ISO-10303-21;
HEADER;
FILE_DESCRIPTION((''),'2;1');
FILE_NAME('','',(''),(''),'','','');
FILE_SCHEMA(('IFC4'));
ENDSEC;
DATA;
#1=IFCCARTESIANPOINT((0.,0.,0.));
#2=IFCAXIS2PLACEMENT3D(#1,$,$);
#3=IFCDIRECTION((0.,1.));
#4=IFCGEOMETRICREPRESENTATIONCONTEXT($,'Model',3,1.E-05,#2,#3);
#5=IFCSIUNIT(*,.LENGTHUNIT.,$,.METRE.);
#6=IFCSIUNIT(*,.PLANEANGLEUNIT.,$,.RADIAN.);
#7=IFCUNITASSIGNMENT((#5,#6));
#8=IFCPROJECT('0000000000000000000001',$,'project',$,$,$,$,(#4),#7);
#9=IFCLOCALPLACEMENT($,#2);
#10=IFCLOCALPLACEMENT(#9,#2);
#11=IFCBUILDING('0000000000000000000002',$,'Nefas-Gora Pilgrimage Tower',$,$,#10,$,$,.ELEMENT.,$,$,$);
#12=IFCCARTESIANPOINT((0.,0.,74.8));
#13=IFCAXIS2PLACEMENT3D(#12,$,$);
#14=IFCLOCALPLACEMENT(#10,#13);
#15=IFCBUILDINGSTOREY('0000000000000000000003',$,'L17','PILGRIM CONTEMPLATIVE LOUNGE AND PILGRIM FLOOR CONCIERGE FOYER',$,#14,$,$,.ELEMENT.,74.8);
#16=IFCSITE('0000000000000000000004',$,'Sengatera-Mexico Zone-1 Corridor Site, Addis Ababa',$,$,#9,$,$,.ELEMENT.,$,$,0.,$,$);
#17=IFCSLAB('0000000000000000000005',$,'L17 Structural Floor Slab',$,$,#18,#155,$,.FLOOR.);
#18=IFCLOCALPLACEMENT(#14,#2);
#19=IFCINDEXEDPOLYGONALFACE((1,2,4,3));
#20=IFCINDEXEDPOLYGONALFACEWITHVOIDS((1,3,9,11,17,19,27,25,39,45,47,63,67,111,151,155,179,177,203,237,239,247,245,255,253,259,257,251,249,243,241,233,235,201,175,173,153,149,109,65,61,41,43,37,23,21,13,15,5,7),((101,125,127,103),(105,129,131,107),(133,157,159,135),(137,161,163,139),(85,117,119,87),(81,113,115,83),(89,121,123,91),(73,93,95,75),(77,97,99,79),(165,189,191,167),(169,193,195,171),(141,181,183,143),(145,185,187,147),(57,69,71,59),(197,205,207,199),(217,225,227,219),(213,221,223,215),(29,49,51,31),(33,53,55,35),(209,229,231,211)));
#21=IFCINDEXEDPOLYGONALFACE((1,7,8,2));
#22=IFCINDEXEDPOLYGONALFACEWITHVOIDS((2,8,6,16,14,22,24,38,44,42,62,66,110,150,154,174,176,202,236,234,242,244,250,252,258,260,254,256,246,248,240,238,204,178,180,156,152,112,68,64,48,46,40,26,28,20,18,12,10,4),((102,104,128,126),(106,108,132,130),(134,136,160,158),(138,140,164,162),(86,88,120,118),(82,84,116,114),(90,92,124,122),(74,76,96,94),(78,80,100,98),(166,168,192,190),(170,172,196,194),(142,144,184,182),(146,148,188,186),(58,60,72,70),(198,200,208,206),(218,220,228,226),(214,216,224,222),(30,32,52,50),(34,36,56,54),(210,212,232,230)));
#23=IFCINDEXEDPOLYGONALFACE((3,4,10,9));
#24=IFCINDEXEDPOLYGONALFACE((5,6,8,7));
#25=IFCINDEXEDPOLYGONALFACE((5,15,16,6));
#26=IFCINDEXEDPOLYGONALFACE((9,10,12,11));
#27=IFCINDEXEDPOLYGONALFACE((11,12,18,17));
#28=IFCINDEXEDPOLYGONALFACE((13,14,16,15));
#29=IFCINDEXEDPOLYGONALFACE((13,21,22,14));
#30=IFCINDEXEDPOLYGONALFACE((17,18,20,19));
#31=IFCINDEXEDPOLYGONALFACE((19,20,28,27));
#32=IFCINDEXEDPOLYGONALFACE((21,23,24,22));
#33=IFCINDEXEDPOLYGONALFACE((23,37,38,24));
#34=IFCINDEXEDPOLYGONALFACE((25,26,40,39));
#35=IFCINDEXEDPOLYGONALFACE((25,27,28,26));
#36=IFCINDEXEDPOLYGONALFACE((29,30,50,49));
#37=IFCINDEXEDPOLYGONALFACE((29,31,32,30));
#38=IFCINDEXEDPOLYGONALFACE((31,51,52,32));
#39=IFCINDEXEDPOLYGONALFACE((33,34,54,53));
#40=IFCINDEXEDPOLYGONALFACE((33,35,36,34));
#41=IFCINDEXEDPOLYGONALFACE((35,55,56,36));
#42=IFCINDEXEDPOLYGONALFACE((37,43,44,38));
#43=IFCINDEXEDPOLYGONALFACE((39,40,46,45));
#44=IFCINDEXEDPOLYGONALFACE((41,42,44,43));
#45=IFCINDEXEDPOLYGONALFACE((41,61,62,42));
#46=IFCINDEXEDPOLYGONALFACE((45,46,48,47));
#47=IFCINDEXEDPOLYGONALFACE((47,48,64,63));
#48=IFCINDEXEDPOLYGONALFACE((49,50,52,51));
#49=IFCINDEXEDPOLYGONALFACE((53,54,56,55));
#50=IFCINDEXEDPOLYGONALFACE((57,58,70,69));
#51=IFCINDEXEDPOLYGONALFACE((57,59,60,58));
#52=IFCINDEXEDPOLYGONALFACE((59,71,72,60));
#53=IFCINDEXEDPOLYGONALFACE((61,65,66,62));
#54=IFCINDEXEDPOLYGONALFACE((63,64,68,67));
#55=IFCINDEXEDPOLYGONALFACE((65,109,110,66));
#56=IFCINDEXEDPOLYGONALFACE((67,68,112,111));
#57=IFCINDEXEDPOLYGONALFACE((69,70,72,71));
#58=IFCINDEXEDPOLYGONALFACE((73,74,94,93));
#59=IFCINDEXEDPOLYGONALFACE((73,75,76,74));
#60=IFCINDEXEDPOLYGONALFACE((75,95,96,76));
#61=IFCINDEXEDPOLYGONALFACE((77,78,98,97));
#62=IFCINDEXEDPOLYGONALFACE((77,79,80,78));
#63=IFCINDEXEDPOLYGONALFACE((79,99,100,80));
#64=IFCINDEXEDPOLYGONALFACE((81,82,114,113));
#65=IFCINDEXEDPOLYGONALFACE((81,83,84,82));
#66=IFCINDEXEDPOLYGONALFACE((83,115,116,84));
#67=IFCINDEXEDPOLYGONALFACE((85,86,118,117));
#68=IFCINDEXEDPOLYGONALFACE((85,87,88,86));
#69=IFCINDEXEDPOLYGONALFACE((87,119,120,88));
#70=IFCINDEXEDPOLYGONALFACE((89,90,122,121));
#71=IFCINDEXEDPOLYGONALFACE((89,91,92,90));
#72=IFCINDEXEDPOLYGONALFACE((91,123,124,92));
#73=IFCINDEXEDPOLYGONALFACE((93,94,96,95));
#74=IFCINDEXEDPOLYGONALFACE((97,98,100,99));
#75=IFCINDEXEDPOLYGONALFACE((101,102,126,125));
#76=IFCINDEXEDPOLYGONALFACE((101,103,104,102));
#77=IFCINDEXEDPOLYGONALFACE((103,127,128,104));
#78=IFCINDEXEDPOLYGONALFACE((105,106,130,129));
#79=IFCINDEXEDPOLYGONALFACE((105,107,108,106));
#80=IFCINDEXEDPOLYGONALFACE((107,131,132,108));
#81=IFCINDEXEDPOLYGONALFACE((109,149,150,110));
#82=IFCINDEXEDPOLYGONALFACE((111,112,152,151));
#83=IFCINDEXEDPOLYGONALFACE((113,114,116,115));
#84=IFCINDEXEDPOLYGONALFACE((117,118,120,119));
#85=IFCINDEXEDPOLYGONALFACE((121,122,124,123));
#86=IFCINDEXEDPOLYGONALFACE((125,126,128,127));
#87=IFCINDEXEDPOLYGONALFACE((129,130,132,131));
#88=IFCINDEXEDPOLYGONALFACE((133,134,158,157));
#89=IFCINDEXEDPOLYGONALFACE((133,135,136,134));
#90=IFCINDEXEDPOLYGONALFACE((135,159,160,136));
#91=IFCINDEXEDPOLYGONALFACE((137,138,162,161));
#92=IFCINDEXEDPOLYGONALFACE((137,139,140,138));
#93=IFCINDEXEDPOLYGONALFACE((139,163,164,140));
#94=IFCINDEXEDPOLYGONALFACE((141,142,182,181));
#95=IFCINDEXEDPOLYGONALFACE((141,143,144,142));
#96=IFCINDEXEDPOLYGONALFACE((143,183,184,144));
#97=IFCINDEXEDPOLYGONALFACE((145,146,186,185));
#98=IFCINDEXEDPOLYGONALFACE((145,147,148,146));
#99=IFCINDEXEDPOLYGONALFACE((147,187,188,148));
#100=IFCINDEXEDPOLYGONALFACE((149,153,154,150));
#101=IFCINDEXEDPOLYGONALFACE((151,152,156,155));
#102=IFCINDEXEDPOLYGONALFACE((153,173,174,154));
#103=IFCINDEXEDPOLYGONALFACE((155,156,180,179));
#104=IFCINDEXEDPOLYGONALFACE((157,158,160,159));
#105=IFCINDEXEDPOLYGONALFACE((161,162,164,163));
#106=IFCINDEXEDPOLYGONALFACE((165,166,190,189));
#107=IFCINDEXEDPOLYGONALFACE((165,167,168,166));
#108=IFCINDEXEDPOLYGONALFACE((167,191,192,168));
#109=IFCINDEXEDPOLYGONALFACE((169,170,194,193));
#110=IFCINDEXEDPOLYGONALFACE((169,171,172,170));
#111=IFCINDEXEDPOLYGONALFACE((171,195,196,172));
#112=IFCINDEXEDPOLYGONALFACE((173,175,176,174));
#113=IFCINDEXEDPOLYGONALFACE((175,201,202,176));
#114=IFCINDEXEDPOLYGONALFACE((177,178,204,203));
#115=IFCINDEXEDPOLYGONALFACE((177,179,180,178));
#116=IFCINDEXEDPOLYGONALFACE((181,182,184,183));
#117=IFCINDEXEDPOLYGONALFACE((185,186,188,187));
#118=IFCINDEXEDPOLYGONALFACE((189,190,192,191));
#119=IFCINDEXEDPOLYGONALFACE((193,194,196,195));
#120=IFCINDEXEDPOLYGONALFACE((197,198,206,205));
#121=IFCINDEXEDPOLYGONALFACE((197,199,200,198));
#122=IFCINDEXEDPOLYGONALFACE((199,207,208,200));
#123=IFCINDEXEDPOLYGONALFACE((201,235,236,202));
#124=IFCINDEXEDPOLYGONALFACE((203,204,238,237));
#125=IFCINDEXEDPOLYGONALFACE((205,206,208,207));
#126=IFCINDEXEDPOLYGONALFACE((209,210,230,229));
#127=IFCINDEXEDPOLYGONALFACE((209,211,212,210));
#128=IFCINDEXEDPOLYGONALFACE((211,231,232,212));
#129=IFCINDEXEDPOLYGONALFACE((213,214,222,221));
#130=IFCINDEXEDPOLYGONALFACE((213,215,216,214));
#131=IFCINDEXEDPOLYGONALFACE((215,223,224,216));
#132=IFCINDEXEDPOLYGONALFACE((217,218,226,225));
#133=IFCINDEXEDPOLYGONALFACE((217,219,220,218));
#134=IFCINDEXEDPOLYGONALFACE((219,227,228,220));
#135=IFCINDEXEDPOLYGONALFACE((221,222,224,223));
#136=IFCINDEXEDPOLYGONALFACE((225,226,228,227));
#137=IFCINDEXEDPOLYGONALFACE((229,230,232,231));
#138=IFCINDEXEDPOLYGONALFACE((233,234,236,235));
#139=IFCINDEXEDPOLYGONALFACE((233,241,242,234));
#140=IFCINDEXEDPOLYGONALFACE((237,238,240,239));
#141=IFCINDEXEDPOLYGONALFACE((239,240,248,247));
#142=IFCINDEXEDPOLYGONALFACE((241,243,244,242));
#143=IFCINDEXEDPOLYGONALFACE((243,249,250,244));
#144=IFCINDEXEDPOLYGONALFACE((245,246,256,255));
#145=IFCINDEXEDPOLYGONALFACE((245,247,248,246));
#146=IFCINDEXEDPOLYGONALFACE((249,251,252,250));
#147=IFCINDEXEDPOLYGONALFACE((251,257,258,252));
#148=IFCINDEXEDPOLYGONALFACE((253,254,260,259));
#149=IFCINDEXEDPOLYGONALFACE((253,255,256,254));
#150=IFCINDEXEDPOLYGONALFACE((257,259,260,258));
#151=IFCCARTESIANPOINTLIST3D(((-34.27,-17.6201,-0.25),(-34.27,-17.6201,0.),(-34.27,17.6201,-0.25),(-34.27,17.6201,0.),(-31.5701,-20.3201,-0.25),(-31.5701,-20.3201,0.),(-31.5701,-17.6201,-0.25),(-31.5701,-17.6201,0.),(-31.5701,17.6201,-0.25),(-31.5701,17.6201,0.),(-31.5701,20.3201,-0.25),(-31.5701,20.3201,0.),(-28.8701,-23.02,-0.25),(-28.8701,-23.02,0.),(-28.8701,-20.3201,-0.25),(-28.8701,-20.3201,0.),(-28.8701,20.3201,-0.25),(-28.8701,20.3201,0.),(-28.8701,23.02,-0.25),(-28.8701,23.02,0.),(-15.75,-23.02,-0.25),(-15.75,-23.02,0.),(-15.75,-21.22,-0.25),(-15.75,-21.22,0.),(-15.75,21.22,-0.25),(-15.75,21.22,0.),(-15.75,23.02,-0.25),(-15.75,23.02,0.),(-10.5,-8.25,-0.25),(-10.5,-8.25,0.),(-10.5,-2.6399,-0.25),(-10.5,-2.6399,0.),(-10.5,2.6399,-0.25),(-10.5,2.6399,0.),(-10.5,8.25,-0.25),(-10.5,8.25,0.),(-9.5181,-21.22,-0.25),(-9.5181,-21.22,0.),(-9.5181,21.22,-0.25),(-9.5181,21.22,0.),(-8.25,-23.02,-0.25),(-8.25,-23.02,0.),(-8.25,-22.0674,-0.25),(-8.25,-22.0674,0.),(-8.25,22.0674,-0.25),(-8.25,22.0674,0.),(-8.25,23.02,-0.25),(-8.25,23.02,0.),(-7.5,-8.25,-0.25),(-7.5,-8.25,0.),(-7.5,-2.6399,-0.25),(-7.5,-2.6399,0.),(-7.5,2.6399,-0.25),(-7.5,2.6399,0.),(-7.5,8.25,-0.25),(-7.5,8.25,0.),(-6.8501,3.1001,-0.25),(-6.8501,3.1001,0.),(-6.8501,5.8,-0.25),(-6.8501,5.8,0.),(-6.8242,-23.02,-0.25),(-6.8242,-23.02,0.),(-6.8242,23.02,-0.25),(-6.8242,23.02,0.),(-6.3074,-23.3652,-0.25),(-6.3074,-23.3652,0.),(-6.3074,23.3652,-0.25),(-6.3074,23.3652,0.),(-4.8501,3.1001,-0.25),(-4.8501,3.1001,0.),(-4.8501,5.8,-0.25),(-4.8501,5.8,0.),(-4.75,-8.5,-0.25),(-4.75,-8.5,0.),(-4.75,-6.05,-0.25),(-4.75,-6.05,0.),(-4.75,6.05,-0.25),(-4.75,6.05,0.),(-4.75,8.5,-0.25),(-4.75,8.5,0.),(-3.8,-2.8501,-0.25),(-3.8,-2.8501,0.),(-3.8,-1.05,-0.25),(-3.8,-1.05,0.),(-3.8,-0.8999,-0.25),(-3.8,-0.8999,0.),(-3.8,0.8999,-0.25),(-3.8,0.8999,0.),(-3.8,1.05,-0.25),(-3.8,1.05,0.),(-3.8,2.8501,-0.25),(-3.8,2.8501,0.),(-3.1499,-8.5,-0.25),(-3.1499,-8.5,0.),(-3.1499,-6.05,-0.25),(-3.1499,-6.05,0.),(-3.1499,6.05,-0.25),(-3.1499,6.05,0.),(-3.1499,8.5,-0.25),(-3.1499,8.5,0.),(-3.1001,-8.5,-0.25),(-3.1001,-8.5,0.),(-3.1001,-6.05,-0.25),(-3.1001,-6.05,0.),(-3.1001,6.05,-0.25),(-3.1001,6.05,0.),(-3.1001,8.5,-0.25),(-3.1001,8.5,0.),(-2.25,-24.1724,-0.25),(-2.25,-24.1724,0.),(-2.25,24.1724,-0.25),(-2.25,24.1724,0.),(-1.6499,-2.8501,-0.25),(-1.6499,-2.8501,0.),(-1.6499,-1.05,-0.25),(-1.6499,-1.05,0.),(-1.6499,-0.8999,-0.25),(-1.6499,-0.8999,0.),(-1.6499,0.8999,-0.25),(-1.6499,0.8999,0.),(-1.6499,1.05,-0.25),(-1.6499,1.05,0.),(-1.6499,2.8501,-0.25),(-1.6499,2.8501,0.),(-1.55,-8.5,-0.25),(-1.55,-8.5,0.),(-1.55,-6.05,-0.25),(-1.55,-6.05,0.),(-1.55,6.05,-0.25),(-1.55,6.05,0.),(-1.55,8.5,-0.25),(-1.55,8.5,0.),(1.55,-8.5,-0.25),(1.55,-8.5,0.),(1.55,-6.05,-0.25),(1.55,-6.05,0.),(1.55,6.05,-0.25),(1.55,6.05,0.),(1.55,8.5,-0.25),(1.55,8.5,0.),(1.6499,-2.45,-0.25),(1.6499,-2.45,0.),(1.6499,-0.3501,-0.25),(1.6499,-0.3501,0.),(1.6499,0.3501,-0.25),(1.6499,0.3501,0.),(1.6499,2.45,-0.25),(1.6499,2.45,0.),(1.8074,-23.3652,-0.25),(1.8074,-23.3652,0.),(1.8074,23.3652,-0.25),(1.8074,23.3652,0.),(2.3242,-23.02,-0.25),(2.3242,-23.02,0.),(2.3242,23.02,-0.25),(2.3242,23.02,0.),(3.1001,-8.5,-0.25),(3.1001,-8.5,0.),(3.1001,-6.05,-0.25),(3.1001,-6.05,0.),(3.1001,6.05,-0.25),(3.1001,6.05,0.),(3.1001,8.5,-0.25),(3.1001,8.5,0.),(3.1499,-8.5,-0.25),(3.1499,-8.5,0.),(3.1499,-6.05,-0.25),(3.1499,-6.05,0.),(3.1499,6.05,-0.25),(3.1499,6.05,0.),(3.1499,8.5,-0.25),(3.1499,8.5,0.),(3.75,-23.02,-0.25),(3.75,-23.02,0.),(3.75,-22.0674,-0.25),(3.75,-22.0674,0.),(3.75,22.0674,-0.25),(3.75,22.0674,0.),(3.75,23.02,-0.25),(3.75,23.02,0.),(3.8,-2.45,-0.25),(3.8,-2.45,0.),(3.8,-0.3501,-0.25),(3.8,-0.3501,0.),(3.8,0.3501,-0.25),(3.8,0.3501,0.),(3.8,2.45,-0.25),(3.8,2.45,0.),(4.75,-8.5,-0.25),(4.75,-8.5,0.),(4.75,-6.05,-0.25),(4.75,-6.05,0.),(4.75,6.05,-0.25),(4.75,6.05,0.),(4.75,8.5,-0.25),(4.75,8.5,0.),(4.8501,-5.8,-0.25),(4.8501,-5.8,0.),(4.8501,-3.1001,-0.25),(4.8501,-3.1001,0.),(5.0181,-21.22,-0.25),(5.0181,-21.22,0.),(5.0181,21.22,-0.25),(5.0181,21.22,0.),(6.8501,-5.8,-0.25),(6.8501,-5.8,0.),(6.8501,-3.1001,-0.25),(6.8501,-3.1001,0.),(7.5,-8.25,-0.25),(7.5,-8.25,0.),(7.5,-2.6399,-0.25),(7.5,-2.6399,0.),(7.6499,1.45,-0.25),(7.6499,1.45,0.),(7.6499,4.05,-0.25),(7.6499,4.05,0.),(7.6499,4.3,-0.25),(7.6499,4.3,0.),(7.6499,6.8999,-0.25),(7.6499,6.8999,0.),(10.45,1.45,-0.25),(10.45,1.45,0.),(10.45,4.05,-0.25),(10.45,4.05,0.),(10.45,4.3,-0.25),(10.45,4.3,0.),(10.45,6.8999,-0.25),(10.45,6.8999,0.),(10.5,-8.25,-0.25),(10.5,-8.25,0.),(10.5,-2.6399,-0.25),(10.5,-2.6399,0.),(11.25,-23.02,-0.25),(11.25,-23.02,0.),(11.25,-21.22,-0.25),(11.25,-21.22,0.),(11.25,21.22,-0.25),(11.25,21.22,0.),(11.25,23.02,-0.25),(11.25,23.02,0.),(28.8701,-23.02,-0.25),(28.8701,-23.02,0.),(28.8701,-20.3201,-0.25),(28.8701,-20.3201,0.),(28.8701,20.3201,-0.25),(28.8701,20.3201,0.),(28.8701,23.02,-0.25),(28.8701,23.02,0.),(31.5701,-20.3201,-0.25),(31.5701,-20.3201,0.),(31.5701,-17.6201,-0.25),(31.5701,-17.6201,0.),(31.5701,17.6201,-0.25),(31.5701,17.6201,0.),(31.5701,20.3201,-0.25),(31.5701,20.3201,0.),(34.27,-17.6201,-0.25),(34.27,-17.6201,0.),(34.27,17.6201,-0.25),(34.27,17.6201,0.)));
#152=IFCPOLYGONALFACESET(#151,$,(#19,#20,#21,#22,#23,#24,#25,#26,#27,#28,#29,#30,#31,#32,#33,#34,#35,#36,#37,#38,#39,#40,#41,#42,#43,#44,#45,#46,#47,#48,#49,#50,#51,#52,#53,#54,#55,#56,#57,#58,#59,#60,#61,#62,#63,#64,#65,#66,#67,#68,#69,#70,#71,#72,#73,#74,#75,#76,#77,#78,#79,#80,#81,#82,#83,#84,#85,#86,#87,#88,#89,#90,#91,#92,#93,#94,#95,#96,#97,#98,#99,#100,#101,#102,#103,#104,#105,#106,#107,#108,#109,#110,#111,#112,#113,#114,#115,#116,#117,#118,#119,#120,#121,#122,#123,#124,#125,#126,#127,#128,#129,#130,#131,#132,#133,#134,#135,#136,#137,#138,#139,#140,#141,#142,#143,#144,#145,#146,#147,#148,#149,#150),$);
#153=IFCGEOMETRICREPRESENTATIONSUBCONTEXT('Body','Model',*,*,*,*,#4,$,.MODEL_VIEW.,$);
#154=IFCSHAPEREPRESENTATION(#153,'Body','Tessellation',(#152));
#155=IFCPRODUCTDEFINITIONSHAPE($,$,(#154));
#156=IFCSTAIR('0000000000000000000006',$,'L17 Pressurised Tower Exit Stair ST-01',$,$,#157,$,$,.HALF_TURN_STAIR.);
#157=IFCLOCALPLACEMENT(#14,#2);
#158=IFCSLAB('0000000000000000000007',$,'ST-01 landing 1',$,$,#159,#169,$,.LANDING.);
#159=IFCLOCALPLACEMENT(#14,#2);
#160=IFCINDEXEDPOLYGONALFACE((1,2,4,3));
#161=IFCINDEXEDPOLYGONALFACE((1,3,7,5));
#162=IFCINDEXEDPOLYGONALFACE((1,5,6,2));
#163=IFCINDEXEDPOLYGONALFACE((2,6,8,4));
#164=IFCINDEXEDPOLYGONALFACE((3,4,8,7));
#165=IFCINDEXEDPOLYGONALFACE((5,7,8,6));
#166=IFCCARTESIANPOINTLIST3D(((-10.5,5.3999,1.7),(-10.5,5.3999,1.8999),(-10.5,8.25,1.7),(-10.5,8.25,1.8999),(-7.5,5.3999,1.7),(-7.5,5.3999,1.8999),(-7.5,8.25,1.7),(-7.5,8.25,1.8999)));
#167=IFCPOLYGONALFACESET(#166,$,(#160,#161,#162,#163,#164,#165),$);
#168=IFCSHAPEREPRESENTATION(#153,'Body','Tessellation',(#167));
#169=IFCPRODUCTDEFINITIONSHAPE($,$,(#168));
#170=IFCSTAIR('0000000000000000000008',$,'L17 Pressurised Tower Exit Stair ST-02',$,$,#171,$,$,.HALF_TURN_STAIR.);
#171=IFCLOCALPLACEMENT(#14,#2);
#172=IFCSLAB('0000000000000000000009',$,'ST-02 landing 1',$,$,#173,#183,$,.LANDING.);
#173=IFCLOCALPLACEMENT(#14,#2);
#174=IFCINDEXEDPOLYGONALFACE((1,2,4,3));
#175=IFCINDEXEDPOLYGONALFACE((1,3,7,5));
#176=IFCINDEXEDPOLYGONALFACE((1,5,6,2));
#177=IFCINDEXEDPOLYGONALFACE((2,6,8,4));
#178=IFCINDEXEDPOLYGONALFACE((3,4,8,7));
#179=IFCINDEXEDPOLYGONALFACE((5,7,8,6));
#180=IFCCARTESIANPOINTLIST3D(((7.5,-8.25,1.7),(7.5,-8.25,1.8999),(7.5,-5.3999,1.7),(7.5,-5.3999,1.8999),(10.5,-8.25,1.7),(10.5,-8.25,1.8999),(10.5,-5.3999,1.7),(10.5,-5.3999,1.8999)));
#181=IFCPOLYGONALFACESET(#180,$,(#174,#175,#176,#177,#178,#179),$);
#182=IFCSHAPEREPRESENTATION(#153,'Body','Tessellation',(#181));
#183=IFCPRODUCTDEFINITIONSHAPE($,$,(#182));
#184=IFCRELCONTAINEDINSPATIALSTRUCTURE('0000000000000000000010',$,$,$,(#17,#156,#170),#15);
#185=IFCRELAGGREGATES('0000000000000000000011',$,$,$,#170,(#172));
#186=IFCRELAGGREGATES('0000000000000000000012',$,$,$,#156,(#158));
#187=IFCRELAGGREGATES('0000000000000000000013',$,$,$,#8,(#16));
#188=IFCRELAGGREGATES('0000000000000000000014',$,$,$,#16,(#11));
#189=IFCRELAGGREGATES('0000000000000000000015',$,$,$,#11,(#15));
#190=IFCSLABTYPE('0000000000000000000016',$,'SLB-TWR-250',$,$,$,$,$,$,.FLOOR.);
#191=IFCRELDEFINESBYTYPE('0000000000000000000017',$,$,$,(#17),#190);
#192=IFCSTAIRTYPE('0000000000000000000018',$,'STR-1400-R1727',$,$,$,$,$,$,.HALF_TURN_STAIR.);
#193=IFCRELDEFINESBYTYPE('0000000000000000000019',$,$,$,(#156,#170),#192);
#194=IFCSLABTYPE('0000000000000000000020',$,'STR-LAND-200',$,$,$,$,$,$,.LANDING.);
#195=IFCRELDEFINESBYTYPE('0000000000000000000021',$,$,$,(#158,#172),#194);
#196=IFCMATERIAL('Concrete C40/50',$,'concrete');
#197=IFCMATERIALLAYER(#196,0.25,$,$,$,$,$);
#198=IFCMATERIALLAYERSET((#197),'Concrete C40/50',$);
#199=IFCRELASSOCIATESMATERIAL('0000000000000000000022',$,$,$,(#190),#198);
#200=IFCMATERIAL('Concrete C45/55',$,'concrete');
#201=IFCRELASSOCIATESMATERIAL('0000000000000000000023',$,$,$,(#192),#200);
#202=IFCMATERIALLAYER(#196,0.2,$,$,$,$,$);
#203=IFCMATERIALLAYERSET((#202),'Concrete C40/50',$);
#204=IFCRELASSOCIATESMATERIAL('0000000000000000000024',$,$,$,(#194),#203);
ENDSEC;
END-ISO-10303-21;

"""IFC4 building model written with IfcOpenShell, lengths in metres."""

from ifc_helpers import new_model, si_unit, direction, frame, origin, place, context, subcontext, project, spatial, polyline, outline, extrude, material, layer, layer_set, type_object, element, aggregate, save


model = new_model("IFC4")

# Units and contexts
model_context = context("Model", 3, precision=1e-05, world=origin(), true_north=direction((0.0, 1.0)))
body_context = subcontext(model_context, "Body", "Model", "MODEL_VIEW")
ifc_project = project(units=[si_unit("LENGTHUNIT", "METRE"), si_unit("PLANEANGLEUNIT", "RADIAN")], contexts=[model_context])

# Site, building, storey
site_placement = place(None, origin())
site = spatial("IfcSite", under=ifc_project, at=site_placement, Name="Sengatera-Mexico Zone-1 Corridor Site, Addis Ababa", CompositionType="ELEMENT", RefElevation=0.0)
building_placement = place(site_placement, origin())
building = spatial("IfcBuilding", under=site, at=building_placement, Name="Nefas-Gora Pilgrimage Tower", CompositionType="ELEMENT")
storey_placement = place(building_placement, frame((0.0, 0.0, 74.8)))
storey = spatial("IfcBuildingStorey", under=building, at=storey_placement, Name="L17", Description="PILGRIM CONTEMPLATIVE LOUNGE AND PILGRIM FLOOR CONCIERGE FOYER", CompositionType="ELEMENT", Elevation=74.8)

# Slab
ifc_material_1 = material(Name="Concrete C40/50", Category="concrete")
ifc_layer_1 = layer(ifc_material_1, 0.25)
ifc_layer_set_1 = layer_set([ifc_layer_1], Name="Concrete C40/50")
slab_type_1 = type_object("IfcSlabType", Name="SLB-TWR-250", PredefinedType="FLOOR", material=ifc_layer_set_1)
slab_1_placement = place(storey_placement, frame((0.0, 0.0, -0.25)))
element("IfcSlab", 1, at=slab_1_placement, inside=storey, type_object=slab_type_1, Name="L17 Structural Floor Slab", PredefinedType="FLOOR", context=body_context, shape_type="SweptSolid", body=[
    extrude(outline(polyline([(5.0181, -21.22), (11.25, -21.22), (11.25, -23.02), (28.8701, -23.02), (28.8701, -20.3201), (31.5701, -20.3201), (31.5701, -17.6201), (34.27, -17.6201), (34.27, 17.6201), (31.5701, 17.6201), (31.5701, 20.3201), (28.8701, 20.3201), (28.8701, 23.02), (11.25, 23.02), (11.25, 21.22), (5.0181, 21.22), (3.75, 22.0674), (3.75, 23.02), (2.3242, 23.02), (1.8074, 23.3652), (-2.25, 24.1724), (-6.3074, 23.3652), (-6.8242, 23.02), (-8.25, 23.02), (-8.25, 22.0674), (-9.5181, 21.22), (-15.75, 21.22), (-15.75, 23.02), (-28.8701, 23.02), (-28.8701, 20.3201), (-31.5701, 20.3201), (-31.5701, 17.6201), (-34.27, 17.6201), (-34.27, -17.6201), (-31.5701, -17.6201), (-31.5701, -20.3201), (-28.8701, -20.3201), (-28.8701, -23.02), (-15.75, -23.02), (-15.75, -21.22), (-9.5181, -21.22), (-8.25, -22.0674), (-8.25, -23.02), (-6.8242, -23.02), (-6.3074, -23.3652), (-2.25, -24.1724), (1.8074, -23.3652), (2.3242, -23.02), (3.75, -23.02), (3.75, -22.0674), (5.0181, -21.22)]), holes=[polyline([(-10.5, 2.6399), (-10.5, 8.25), (-7.5, 8.25), (-7.5, 2.6399), (-10.5, 2.6399)]), polyline([(10.5, -2.6399), (10.5, -8.25), (7.5, -8.25), (7.5, -2.6399), (10.5, -2.6399)]), polyline([(-7.5, -2.6399), (-7.5, -8.25), (-10.5, -8.25), (-10.5, -2.6399), (-7.5, -2.6399)]), polyline([(-6.8501, 5.8), (-4.8501, 5.8), (-4.8501, 3.1001), (-6.8501, 3.1001), (-6.8501, 5.8)]), polyline([(4.8501, -3.1001), (6.8501, -3.1001), (6.8501, -5.8), (4.8501, -5.8), (4.8501, -3.1001)]), polyline([(7.6499, 4.05), (10.45, 4.05), (10.45, 1.45), (7.6499, 1.45), (7.6499, 4.05)]), polyline([(7.6499, 6.8999), (10.45, 6.8999), (10.45, 4.3), (7.6499, 4.3), (7.6499, 6.8999)]), polyline([(-4.75, 8.5), (-3.1499, 8.5), (-3.1499, 6.05), (-4.75, 6.05), (-4.75, 8.5)]), polyline([(-3.1001, 8.5), (-1.55, 8.5), (-1.55, 6.05), (-3.1001, 6.05), (-3.1001, 8.5)]), polyline([(1.55, 8.5), (3.1001, 8.5), (3.1001, 6.05), (1.55, 6.05), (1.55, 8.5)]), polyline([(3.1499, 8.5), (4.75, 8.5), (4.75, 6.05), (3.1499, 6.05), (3.1499, 8.5)]), polyline([(-4.75, -6.05), (-3.1499, -6.05), (-3.1499, -8.5), (-4.75, -8.5), (-4.75, -6.05)]), polyline([(-3.1001, -6.05), (-1.55, -6.05), (-1.55, -8.5), (-3.1001, -8.5), (-3.1001, -6.05)]), polyline([(1.55, -6.05), (3.1001, -6.05), (3.1001, -8.5), (1.55, -8.5), (1.55, -6.05)]), polyline([(3.1499, -6.05), (4.75, -6.05), (4.75, -8.5), (3.1499, -8.5), (3.1499, -6.05)]), polyline([(-3.8, -1.05), (-1.6499, -1.05), (-1.6499, -2.8501), (-3.8, -2.8501), (-3.8, -1.05)]), polyline([(-3.8, 0.8999), (-1.6499, 0.8999), (-1.6499, -0.8999), (-3.8, -0.8999), (-3.8, 0.8999)]), polyline([(-3.8, 2.8501), (-1.6499, 2.8501), (-1.6499, 1.05), (-3.8, 1.05), (-3.8, 2.8501)]), polyline([(1.6499, -0.3501), (3.8, -0.3501), (3.8, -2.45), (1.6499, -2.45), (1.6499, -0.3501)]), polyline([(1.6499, 2.45), (3.8, 2.45), (3.8, 0.3501), (1.6499, 0.3501), (1.6499, 2.45)])]), origin(), (0.0, 0.0, 1.0), 0.25),
])

# Stairs, slabs
ifc_material_2 = material(Name="Concrete C45/55", Category="concrete")
stair_type = type_object("IfcStairType", Name="STR-1400-R1727", PredefinedType="HALF_TURN_STAIR", material=ifc_material_2)
stair_1_placement = place(storey_placement, origin())
stair_1 = element("IfcStair", 2, at=stair_1_placement, inside=storey, type_object=stair_type, Name="L17 Pressurised Tower Exit Stair ST-01", PredefinedType="HALF_TURN_STAIR")
ifc_layer_2 = layer(ifc_material_1, 0.2)
ifc_layer_set_2 = layer_set([ifc_layer_2], Name="Concrete C40/50")
slab_type_2 = type_object("IfcSlabType", Name="STR-LAND-200", PredefinedType="LANDING", material=ifc_layer_set_2)
slab_2_placement = place(storey_placement, frame((0.0, 0.0, 1.7)))
slab_2 = element("IfcSlab", 3, at=slab_2_placement, type_object=slab_type_2, Name="ST-01 landing 1", PredefinedType="LANDING", context=body_context, shape_type="SweptSolid", body=[
    extrude(outline(polyline([(-7.5, 5.3999), (-7.5, 8.25), (-10.5, 8.25), (-10.5, 5.3999), (-7.5, 5.3999)])), origin(), (0.0, 0.0, 1.0), 0.2),
])
stair_2_placement = place(storey_placement, origin())
stair_2 = element("IfcStair", 4, at=stair_2_placement, inside=storey, type_object=stair_type, Name="L17 Pressurised Tower Exit Stair ST-02", PredefinedType="HALF_TURN_STAIR")
slab_3_placement = place(storey_placement, frame((0.0, 0.0, 1.7)))
slab_3 = element("IfcSlab", 5, at=slab_3_placement, type_object=slab_type_2, Name="ST-02 landing 1", PredefinedType="LANDING", context=body_context, shape_type="SweptSolid", body=[
    extrude(outline(polyline([(7.5, -5.3999), (7.5, -8.25), (10.5, -8.25), (10.5, -5.3999), (7.5, -5.3999)])), origin(), (0.0, 0.0, 1.0), 0.2),
])
aggregate(stair_2, [slab_3])

aggregate(stair_1, [slab_2])

save(model, "model.ifc")
